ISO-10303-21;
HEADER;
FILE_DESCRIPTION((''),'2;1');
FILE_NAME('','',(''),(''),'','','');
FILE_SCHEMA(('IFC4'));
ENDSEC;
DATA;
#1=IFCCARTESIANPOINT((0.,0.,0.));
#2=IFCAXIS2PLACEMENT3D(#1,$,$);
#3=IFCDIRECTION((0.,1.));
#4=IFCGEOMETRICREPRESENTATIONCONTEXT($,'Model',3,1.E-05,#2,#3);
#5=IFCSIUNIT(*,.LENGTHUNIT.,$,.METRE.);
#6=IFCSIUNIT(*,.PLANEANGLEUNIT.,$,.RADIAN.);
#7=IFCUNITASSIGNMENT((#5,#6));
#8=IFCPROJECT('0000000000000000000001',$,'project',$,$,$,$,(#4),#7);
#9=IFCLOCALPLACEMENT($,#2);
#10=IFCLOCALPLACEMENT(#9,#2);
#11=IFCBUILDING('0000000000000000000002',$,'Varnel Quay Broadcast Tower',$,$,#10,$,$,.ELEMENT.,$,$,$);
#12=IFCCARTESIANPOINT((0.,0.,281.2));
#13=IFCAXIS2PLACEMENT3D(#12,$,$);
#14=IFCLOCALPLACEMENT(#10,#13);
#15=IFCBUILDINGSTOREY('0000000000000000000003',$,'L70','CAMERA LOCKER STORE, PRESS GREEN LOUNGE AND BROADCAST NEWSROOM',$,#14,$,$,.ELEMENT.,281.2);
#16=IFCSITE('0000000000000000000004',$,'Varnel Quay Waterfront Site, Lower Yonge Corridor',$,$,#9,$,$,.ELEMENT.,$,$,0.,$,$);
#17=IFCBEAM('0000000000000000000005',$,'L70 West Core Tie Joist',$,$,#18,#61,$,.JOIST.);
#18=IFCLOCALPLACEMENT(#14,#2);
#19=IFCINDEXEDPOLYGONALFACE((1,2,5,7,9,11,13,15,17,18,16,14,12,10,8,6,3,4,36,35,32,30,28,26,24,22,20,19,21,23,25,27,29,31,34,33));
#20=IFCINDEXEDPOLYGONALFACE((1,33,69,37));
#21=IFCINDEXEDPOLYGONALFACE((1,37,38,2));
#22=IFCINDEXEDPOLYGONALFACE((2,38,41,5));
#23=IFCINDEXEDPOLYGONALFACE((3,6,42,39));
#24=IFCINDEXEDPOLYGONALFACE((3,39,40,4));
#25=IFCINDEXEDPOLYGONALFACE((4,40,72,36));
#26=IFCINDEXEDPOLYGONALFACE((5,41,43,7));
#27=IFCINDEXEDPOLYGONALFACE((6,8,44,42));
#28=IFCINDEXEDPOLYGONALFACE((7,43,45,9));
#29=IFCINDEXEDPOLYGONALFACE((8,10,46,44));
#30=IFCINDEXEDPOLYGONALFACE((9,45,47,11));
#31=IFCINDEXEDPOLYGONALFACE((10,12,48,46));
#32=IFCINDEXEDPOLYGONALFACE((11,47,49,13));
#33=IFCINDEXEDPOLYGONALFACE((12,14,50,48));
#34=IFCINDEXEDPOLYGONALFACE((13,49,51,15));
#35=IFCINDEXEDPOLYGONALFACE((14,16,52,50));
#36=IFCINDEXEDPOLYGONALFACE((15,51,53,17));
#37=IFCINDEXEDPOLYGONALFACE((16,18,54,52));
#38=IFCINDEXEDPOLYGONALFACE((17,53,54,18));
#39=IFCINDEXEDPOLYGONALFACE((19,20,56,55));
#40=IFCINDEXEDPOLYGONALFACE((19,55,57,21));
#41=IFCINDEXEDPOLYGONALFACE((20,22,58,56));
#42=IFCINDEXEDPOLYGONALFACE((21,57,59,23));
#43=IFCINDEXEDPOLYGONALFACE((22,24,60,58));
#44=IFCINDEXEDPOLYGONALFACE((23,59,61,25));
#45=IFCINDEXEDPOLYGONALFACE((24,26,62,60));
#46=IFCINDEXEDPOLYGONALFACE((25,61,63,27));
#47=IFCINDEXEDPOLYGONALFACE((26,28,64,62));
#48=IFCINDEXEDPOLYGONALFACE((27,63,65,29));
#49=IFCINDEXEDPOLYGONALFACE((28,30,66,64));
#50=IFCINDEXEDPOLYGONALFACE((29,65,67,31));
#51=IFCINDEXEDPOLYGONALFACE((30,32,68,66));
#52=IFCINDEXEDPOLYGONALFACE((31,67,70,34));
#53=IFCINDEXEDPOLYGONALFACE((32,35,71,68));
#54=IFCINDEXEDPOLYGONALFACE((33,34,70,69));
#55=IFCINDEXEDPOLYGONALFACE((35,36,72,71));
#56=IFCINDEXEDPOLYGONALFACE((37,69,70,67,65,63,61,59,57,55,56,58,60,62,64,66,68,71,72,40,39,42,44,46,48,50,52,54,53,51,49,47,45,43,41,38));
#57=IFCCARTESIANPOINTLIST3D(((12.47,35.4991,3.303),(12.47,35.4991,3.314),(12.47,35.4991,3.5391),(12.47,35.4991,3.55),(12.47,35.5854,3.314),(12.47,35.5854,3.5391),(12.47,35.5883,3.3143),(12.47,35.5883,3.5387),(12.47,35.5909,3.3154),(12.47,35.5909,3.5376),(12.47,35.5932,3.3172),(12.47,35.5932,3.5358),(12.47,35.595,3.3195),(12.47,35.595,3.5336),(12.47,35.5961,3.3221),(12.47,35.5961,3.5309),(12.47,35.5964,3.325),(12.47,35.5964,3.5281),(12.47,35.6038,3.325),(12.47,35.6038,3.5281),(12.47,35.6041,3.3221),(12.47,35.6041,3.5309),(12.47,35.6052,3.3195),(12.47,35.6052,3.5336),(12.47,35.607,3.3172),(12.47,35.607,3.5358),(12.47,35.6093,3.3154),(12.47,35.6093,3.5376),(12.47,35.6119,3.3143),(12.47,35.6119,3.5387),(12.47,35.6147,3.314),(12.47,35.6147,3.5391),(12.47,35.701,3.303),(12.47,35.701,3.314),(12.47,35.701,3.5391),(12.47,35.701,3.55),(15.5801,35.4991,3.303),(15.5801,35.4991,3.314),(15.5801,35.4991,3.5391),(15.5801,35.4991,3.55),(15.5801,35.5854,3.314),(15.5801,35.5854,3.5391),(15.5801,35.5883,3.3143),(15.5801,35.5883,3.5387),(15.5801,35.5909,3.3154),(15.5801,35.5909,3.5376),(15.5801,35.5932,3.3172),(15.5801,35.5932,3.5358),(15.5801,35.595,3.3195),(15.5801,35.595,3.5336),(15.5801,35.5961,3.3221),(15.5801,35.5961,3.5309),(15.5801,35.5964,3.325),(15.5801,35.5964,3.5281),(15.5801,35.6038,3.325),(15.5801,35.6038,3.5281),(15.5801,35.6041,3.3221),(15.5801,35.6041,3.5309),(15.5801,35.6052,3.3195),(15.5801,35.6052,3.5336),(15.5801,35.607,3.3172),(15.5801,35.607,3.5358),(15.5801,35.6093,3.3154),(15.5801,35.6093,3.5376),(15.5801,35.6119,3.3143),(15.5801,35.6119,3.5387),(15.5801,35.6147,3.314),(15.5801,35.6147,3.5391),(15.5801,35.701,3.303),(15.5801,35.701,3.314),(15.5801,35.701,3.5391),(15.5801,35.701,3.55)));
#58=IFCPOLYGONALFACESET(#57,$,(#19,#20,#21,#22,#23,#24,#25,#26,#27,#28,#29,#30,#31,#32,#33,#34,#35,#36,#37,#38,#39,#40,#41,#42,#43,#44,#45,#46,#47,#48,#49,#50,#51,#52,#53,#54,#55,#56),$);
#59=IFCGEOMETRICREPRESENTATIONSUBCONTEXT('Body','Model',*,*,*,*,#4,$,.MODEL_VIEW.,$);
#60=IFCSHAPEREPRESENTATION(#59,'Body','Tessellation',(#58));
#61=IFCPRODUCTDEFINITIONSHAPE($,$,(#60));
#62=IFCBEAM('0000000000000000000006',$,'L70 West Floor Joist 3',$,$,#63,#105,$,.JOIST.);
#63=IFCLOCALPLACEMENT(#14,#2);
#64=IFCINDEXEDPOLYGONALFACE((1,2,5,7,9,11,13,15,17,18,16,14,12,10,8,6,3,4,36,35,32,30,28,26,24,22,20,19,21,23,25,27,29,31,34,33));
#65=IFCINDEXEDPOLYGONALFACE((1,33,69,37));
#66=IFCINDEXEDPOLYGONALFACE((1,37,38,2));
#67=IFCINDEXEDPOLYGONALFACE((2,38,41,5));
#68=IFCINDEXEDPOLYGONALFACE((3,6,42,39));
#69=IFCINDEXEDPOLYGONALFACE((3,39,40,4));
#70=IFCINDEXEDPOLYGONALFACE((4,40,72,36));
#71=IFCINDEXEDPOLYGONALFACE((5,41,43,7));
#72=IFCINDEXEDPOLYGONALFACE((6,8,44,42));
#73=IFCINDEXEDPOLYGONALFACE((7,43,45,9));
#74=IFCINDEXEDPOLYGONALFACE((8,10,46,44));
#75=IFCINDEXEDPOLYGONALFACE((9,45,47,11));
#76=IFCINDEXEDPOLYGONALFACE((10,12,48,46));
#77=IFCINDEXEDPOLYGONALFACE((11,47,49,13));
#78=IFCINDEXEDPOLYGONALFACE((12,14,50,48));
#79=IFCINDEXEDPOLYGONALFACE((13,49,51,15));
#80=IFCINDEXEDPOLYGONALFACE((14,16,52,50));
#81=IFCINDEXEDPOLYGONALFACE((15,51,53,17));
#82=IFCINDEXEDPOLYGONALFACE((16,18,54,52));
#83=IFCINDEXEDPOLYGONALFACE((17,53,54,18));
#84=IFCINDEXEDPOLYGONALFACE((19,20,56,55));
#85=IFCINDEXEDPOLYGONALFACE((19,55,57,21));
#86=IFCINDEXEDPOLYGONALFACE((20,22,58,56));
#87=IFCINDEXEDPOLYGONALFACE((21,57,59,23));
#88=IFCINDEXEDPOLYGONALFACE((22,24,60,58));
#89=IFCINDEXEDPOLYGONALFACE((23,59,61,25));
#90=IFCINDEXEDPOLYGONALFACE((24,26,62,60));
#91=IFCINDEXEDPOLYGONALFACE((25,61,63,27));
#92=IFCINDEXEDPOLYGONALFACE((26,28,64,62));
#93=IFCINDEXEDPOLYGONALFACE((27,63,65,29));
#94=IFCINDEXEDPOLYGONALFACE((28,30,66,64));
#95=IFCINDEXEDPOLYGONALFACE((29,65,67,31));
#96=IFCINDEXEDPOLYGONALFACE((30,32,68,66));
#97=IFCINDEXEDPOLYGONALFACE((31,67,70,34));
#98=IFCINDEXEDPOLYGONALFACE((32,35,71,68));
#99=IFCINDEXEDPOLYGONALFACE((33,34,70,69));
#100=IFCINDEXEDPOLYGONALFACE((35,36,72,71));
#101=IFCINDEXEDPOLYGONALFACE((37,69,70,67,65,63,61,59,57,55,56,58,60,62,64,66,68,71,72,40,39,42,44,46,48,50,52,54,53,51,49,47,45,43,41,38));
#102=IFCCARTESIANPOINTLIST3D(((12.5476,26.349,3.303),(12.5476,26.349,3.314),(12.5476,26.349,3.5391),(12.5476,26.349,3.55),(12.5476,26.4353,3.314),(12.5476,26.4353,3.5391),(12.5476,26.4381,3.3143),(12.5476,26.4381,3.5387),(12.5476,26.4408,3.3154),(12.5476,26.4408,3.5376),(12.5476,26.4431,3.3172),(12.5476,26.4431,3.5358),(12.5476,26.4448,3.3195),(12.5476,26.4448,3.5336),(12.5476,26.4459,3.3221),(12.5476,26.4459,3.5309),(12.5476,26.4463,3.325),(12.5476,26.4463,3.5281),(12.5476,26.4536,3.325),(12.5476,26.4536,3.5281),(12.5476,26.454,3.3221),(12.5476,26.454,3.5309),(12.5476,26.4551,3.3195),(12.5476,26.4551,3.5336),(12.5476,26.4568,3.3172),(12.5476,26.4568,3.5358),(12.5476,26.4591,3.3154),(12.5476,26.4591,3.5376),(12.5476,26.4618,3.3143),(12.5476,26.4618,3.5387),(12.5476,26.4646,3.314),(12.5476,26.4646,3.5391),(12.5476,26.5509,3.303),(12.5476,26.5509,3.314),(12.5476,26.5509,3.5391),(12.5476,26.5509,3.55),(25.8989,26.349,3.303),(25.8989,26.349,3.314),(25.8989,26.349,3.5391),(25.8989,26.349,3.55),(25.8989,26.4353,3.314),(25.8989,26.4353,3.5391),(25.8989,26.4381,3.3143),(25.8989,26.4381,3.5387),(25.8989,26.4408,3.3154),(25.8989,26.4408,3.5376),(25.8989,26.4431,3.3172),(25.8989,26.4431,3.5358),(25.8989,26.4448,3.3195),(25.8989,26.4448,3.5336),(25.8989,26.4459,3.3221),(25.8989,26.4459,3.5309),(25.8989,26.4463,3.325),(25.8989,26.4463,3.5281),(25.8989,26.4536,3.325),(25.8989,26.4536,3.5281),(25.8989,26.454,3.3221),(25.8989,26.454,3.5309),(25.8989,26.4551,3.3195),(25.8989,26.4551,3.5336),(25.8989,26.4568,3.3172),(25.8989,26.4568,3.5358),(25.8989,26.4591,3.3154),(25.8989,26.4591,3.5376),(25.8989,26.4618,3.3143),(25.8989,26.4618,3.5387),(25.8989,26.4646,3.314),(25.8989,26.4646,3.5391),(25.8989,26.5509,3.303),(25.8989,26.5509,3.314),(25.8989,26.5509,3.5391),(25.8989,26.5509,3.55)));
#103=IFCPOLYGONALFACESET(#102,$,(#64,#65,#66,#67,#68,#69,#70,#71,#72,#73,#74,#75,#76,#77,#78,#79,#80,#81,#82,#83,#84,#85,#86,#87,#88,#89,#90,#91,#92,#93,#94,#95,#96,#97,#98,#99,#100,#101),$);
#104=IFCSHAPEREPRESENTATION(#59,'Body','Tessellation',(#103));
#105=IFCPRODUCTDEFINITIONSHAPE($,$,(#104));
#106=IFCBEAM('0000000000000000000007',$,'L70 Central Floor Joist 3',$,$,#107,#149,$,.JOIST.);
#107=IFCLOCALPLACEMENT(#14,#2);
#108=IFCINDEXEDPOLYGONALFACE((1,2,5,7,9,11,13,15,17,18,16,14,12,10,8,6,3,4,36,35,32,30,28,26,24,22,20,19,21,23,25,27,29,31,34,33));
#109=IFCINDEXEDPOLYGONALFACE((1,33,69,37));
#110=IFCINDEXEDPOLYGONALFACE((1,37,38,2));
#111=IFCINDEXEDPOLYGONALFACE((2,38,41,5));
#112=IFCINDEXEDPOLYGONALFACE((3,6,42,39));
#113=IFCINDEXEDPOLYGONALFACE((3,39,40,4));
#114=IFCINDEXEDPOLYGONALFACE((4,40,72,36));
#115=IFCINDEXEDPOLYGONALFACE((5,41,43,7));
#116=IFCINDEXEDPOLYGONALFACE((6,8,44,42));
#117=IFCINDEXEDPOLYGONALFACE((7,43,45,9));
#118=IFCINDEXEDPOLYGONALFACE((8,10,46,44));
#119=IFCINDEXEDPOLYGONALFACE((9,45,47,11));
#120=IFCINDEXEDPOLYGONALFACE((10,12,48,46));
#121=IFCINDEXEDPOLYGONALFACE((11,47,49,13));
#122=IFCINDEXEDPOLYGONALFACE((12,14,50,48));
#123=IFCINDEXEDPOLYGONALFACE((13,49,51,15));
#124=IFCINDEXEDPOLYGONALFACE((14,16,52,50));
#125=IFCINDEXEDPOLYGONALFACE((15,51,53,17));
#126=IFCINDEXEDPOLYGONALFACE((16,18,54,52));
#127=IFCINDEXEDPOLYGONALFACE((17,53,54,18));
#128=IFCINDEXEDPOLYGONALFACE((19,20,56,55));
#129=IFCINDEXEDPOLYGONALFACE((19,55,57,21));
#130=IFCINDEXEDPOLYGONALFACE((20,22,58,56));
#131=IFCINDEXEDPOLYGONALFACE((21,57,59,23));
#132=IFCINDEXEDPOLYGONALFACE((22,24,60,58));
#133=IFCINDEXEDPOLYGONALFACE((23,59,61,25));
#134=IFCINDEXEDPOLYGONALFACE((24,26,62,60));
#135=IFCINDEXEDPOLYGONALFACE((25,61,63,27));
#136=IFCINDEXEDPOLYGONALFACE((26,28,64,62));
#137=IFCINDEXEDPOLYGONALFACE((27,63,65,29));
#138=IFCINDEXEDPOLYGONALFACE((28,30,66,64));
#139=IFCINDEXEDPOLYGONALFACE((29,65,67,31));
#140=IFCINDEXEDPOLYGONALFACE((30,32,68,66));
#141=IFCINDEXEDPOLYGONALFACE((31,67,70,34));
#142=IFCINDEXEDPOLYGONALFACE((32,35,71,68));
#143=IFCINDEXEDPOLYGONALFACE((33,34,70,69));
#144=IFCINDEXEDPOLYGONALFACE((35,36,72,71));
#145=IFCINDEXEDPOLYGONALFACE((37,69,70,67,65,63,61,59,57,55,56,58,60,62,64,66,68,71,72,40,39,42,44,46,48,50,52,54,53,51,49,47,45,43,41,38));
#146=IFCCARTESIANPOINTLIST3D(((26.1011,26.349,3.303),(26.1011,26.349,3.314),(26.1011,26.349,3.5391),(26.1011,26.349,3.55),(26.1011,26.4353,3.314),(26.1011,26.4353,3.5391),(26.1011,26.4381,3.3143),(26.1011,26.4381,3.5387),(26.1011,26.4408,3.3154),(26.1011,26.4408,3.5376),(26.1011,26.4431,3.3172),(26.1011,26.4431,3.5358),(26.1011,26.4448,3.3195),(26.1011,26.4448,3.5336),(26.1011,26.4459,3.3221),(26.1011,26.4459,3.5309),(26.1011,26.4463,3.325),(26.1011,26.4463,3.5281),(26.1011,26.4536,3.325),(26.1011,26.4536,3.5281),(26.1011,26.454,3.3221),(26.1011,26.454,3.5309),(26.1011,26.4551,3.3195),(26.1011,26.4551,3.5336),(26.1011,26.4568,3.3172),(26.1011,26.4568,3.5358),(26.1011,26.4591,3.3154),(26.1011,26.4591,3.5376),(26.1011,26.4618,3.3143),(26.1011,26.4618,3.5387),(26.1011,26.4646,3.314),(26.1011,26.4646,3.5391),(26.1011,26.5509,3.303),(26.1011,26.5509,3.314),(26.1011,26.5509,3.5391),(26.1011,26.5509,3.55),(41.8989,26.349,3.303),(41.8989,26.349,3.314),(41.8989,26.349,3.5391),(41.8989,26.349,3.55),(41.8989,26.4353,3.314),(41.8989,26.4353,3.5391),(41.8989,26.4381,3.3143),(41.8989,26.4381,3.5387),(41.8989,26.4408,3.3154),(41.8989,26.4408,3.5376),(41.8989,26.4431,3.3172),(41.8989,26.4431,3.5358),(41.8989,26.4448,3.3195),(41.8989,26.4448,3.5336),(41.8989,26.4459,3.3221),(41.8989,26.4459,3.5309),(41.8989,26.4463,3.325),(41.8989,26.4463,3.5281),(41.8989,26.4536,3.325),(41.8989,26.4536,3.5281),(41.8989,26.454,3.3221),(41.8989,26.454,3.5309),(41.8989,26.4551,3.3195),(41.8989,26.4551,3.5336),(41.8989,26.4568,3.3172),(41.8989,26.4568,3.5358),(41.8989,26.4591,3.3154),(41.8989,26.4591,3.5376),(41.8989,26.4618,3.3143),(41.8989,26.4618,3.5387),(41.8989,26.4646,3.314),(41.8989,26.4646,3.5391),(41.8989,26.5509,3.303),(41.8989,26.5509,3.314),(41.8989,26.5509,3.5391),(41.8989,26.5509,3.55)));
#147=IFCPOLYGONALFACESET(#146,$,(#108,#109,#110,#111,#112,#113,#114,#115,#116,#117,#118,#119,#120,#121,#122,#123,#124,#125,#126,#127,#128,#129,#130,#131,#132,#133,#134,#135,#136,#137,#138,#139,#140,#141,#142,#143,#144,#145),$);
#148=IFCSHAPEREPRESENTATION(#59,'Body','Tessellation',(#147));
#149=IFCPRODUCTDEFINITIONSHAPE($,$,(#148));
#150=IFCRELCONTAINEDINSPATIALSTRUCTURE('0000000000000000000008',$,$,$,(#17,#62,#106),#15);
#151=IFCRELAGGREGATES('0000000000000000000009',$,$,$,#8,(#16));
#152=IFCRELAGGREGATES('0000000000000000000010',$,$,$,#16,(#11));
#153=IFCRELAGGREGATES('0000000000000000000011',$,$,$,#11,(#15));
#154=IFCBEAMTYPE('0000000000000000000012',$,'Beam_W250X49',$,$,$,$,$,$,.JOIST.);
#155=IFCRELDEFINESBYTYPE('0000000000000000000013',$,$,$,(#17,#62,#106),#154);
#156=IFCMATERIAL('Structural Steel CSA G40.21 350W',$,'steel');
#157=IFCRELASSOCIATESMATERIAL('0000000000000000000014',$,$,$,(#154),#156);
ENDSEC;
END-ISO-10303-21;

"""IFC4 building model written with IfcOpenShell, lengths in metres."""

from ifc_helpers import new_model, si_unit, direction, frame, origin, origin_2d, place, context, subcontext, project, spatial, i_section, extrude, source, transform, mapped, material, material_profile, profile_set, type_object, type_shapes, element, save


model = new_model("IFC4")

# Units and contexts
model_context = context("Model", 3, precision=1e-05, world=origin(), true_north=direction((0.0, 1.0)))
body_context = subcontext(model_context, "Body", "Model", "MODEL_VIEW")
ifc_project = project(units=[si_unit("LENGTHUNIT", "METRE"), si_unit("PLANEANGLEUNIT", "RADIAN")], contexts=[model_context])

# Site, building, storey
site_placement = place(None, origin())
site = spatial("IfcSite", under=ifc_project, at=site_placement, Name="Varnel Quay Waterfront Site, Lower Yonge Corridor", CompositionType="ELEMENT", RefElevation=0.0)
building_placement = place(site_placement, origin())
building = spatial("IfcBuilding", under=site, at=building_placement, Name="Varnel Quay Broadcast Tower", CompositionType="ELEMENT")
storey_placement = place(building_placement, frame((0.0, 0.0, 281.2)))
storey = spatial("IfcBuildingStorey", under=building, at=storey_placement, Name="L70", Description="CAMERA LOCKER STORE, PRESS GREEN LOUNGE AND BROADCAST NEWSROOM", CompositionType="ELEMENT", Elevation=281.2)

# Shared definitions
ifc_material_1 = material(Name="Structural Steel CSA G40.21 350W", Category="steel")

# Beams
ifc_material_profile_1 = material_profile(ifc_material_1, i_section(OverallWidth=0.2019, OverallDepth=0.2471, WebThickness=0.0073, FlangeThickness=0.011, FilletRadius=0.011, at=origin_2d()), Name="W250X49")
ifc_profile_set_1 = profile_set([ifc_material_profile_1], Name="Structural Steel CSA G40.21 350W")
beam_type_1 = type_object("IfcBeamType", Name="Beam_W250X49", PredefinedType="JOIST", material=ifc_profile_set_1)
shared_shape_1 = source(origin(), body_context, "Body", "SweptSolid", [
    extrude(i_section(OverallWidth=0.2019, OverallDepth=0.2471, WebThickness=0.0073, FlangeThickness=0.011, FilletRadius=0.011, at=origin_2d()), origin(), (0.0, 0.0, 1.0), 3.1101),
])
beam_1_placement = place(storey_placement, frame((12.47, 35.6001, 3.4265), z_axis=(1.0, 0.0, 0.0), x_axis=(0.0, 1.0, 0.0)))
element("IfcBeam", 1, at=beam_1_placement, inside=storey, type_object=beam_type_1, Name="L70 West Core Tie Joist", PredefinedType="JOIST", context=body_context, shape_type="MappedRepresentation", body=[
    mapped(shared_shape_1, transform((0.0, 0.0, 0.0), x_axis=(1.0, 0.0, 0.0), y_axis=(0.0, 1.0, 0.0), z_axis=(0.0, 0.0, 1.0), scale=1.0)),
])
shared_shape_2 = source(origin(), body_context, "Body", "SweptSolid", [
    extrude(i_section(OverallWidth=0.2019, OverallDepth=0.2471, WebThickness=0.0073, FlangeThickness=0.011, FilletRadius=0.011, at=origin_2d()), origin(), (0.0, 0.0, 1.0), 13.3513),
])
beam_2_placement = place(storey_placement, frame((12.5476, 26.45, 3.4265), z_axis=(1.0, 0.0, 0.0), x_axis=(0.0, 1.0, 0.0)))
element("IfcBeam", 2, at=beam_2_placement, inside=storey, type_object=beam_type_1, Name="L70 West Floor Joist 3", PredefinedType="JOIST", context=body_context, shape_type="MappedRepresentation", body=[
    mapped(shared_shape_2, transform((0.0, 0.0, 0.0), x_axis=(1.0, 0.0, 0.0), y_axis=(0.0, 1.0, 0.0), z_axis=(0.0, 0.0, 1.0), scale=1.0)),
])
shared_shape_3 = source(origin(), body_context, "Body", "SweptSolid", [
    extrude(i_section(OverallWidth=0.2019, OverallDepth=0.2471, WebThickness=0.0073, FlangeThickness=0.011, FilletRadius=0.011, at=origin_2d()), origin(), (0.0, 0.0, 1.0), 15.7979),
])
type_shapes(beam_type_1, [shared_shape_1, shared_shape_2, shared_shape_3])
beam_3_placement = place(storey_placement, frame((26.1011, 26.45, 3.4265), z_axis=(1.0, 0.0, 0.0), x_axis=(0.0, 1.0, 0.0)))
element("IfcBeam", 3, at=beam_3_placement, inside=storey, type_object=beam_type_1, Name="L70 Central Floor Joist 3", PredefinedType="JOIST", context=body_context, shape_type="MappedRepresentation", body=[
    mapped(shared_shape_3, transform((0.0, 0.0, 0.0), x_axis=(1.0, 0.0, 0.0), y_axis=(0.0, 1.0, 0.0), z_axis=(0.0, 0.0, 1.0), scale=1.0)),
])

save(model, "model.ifc")
